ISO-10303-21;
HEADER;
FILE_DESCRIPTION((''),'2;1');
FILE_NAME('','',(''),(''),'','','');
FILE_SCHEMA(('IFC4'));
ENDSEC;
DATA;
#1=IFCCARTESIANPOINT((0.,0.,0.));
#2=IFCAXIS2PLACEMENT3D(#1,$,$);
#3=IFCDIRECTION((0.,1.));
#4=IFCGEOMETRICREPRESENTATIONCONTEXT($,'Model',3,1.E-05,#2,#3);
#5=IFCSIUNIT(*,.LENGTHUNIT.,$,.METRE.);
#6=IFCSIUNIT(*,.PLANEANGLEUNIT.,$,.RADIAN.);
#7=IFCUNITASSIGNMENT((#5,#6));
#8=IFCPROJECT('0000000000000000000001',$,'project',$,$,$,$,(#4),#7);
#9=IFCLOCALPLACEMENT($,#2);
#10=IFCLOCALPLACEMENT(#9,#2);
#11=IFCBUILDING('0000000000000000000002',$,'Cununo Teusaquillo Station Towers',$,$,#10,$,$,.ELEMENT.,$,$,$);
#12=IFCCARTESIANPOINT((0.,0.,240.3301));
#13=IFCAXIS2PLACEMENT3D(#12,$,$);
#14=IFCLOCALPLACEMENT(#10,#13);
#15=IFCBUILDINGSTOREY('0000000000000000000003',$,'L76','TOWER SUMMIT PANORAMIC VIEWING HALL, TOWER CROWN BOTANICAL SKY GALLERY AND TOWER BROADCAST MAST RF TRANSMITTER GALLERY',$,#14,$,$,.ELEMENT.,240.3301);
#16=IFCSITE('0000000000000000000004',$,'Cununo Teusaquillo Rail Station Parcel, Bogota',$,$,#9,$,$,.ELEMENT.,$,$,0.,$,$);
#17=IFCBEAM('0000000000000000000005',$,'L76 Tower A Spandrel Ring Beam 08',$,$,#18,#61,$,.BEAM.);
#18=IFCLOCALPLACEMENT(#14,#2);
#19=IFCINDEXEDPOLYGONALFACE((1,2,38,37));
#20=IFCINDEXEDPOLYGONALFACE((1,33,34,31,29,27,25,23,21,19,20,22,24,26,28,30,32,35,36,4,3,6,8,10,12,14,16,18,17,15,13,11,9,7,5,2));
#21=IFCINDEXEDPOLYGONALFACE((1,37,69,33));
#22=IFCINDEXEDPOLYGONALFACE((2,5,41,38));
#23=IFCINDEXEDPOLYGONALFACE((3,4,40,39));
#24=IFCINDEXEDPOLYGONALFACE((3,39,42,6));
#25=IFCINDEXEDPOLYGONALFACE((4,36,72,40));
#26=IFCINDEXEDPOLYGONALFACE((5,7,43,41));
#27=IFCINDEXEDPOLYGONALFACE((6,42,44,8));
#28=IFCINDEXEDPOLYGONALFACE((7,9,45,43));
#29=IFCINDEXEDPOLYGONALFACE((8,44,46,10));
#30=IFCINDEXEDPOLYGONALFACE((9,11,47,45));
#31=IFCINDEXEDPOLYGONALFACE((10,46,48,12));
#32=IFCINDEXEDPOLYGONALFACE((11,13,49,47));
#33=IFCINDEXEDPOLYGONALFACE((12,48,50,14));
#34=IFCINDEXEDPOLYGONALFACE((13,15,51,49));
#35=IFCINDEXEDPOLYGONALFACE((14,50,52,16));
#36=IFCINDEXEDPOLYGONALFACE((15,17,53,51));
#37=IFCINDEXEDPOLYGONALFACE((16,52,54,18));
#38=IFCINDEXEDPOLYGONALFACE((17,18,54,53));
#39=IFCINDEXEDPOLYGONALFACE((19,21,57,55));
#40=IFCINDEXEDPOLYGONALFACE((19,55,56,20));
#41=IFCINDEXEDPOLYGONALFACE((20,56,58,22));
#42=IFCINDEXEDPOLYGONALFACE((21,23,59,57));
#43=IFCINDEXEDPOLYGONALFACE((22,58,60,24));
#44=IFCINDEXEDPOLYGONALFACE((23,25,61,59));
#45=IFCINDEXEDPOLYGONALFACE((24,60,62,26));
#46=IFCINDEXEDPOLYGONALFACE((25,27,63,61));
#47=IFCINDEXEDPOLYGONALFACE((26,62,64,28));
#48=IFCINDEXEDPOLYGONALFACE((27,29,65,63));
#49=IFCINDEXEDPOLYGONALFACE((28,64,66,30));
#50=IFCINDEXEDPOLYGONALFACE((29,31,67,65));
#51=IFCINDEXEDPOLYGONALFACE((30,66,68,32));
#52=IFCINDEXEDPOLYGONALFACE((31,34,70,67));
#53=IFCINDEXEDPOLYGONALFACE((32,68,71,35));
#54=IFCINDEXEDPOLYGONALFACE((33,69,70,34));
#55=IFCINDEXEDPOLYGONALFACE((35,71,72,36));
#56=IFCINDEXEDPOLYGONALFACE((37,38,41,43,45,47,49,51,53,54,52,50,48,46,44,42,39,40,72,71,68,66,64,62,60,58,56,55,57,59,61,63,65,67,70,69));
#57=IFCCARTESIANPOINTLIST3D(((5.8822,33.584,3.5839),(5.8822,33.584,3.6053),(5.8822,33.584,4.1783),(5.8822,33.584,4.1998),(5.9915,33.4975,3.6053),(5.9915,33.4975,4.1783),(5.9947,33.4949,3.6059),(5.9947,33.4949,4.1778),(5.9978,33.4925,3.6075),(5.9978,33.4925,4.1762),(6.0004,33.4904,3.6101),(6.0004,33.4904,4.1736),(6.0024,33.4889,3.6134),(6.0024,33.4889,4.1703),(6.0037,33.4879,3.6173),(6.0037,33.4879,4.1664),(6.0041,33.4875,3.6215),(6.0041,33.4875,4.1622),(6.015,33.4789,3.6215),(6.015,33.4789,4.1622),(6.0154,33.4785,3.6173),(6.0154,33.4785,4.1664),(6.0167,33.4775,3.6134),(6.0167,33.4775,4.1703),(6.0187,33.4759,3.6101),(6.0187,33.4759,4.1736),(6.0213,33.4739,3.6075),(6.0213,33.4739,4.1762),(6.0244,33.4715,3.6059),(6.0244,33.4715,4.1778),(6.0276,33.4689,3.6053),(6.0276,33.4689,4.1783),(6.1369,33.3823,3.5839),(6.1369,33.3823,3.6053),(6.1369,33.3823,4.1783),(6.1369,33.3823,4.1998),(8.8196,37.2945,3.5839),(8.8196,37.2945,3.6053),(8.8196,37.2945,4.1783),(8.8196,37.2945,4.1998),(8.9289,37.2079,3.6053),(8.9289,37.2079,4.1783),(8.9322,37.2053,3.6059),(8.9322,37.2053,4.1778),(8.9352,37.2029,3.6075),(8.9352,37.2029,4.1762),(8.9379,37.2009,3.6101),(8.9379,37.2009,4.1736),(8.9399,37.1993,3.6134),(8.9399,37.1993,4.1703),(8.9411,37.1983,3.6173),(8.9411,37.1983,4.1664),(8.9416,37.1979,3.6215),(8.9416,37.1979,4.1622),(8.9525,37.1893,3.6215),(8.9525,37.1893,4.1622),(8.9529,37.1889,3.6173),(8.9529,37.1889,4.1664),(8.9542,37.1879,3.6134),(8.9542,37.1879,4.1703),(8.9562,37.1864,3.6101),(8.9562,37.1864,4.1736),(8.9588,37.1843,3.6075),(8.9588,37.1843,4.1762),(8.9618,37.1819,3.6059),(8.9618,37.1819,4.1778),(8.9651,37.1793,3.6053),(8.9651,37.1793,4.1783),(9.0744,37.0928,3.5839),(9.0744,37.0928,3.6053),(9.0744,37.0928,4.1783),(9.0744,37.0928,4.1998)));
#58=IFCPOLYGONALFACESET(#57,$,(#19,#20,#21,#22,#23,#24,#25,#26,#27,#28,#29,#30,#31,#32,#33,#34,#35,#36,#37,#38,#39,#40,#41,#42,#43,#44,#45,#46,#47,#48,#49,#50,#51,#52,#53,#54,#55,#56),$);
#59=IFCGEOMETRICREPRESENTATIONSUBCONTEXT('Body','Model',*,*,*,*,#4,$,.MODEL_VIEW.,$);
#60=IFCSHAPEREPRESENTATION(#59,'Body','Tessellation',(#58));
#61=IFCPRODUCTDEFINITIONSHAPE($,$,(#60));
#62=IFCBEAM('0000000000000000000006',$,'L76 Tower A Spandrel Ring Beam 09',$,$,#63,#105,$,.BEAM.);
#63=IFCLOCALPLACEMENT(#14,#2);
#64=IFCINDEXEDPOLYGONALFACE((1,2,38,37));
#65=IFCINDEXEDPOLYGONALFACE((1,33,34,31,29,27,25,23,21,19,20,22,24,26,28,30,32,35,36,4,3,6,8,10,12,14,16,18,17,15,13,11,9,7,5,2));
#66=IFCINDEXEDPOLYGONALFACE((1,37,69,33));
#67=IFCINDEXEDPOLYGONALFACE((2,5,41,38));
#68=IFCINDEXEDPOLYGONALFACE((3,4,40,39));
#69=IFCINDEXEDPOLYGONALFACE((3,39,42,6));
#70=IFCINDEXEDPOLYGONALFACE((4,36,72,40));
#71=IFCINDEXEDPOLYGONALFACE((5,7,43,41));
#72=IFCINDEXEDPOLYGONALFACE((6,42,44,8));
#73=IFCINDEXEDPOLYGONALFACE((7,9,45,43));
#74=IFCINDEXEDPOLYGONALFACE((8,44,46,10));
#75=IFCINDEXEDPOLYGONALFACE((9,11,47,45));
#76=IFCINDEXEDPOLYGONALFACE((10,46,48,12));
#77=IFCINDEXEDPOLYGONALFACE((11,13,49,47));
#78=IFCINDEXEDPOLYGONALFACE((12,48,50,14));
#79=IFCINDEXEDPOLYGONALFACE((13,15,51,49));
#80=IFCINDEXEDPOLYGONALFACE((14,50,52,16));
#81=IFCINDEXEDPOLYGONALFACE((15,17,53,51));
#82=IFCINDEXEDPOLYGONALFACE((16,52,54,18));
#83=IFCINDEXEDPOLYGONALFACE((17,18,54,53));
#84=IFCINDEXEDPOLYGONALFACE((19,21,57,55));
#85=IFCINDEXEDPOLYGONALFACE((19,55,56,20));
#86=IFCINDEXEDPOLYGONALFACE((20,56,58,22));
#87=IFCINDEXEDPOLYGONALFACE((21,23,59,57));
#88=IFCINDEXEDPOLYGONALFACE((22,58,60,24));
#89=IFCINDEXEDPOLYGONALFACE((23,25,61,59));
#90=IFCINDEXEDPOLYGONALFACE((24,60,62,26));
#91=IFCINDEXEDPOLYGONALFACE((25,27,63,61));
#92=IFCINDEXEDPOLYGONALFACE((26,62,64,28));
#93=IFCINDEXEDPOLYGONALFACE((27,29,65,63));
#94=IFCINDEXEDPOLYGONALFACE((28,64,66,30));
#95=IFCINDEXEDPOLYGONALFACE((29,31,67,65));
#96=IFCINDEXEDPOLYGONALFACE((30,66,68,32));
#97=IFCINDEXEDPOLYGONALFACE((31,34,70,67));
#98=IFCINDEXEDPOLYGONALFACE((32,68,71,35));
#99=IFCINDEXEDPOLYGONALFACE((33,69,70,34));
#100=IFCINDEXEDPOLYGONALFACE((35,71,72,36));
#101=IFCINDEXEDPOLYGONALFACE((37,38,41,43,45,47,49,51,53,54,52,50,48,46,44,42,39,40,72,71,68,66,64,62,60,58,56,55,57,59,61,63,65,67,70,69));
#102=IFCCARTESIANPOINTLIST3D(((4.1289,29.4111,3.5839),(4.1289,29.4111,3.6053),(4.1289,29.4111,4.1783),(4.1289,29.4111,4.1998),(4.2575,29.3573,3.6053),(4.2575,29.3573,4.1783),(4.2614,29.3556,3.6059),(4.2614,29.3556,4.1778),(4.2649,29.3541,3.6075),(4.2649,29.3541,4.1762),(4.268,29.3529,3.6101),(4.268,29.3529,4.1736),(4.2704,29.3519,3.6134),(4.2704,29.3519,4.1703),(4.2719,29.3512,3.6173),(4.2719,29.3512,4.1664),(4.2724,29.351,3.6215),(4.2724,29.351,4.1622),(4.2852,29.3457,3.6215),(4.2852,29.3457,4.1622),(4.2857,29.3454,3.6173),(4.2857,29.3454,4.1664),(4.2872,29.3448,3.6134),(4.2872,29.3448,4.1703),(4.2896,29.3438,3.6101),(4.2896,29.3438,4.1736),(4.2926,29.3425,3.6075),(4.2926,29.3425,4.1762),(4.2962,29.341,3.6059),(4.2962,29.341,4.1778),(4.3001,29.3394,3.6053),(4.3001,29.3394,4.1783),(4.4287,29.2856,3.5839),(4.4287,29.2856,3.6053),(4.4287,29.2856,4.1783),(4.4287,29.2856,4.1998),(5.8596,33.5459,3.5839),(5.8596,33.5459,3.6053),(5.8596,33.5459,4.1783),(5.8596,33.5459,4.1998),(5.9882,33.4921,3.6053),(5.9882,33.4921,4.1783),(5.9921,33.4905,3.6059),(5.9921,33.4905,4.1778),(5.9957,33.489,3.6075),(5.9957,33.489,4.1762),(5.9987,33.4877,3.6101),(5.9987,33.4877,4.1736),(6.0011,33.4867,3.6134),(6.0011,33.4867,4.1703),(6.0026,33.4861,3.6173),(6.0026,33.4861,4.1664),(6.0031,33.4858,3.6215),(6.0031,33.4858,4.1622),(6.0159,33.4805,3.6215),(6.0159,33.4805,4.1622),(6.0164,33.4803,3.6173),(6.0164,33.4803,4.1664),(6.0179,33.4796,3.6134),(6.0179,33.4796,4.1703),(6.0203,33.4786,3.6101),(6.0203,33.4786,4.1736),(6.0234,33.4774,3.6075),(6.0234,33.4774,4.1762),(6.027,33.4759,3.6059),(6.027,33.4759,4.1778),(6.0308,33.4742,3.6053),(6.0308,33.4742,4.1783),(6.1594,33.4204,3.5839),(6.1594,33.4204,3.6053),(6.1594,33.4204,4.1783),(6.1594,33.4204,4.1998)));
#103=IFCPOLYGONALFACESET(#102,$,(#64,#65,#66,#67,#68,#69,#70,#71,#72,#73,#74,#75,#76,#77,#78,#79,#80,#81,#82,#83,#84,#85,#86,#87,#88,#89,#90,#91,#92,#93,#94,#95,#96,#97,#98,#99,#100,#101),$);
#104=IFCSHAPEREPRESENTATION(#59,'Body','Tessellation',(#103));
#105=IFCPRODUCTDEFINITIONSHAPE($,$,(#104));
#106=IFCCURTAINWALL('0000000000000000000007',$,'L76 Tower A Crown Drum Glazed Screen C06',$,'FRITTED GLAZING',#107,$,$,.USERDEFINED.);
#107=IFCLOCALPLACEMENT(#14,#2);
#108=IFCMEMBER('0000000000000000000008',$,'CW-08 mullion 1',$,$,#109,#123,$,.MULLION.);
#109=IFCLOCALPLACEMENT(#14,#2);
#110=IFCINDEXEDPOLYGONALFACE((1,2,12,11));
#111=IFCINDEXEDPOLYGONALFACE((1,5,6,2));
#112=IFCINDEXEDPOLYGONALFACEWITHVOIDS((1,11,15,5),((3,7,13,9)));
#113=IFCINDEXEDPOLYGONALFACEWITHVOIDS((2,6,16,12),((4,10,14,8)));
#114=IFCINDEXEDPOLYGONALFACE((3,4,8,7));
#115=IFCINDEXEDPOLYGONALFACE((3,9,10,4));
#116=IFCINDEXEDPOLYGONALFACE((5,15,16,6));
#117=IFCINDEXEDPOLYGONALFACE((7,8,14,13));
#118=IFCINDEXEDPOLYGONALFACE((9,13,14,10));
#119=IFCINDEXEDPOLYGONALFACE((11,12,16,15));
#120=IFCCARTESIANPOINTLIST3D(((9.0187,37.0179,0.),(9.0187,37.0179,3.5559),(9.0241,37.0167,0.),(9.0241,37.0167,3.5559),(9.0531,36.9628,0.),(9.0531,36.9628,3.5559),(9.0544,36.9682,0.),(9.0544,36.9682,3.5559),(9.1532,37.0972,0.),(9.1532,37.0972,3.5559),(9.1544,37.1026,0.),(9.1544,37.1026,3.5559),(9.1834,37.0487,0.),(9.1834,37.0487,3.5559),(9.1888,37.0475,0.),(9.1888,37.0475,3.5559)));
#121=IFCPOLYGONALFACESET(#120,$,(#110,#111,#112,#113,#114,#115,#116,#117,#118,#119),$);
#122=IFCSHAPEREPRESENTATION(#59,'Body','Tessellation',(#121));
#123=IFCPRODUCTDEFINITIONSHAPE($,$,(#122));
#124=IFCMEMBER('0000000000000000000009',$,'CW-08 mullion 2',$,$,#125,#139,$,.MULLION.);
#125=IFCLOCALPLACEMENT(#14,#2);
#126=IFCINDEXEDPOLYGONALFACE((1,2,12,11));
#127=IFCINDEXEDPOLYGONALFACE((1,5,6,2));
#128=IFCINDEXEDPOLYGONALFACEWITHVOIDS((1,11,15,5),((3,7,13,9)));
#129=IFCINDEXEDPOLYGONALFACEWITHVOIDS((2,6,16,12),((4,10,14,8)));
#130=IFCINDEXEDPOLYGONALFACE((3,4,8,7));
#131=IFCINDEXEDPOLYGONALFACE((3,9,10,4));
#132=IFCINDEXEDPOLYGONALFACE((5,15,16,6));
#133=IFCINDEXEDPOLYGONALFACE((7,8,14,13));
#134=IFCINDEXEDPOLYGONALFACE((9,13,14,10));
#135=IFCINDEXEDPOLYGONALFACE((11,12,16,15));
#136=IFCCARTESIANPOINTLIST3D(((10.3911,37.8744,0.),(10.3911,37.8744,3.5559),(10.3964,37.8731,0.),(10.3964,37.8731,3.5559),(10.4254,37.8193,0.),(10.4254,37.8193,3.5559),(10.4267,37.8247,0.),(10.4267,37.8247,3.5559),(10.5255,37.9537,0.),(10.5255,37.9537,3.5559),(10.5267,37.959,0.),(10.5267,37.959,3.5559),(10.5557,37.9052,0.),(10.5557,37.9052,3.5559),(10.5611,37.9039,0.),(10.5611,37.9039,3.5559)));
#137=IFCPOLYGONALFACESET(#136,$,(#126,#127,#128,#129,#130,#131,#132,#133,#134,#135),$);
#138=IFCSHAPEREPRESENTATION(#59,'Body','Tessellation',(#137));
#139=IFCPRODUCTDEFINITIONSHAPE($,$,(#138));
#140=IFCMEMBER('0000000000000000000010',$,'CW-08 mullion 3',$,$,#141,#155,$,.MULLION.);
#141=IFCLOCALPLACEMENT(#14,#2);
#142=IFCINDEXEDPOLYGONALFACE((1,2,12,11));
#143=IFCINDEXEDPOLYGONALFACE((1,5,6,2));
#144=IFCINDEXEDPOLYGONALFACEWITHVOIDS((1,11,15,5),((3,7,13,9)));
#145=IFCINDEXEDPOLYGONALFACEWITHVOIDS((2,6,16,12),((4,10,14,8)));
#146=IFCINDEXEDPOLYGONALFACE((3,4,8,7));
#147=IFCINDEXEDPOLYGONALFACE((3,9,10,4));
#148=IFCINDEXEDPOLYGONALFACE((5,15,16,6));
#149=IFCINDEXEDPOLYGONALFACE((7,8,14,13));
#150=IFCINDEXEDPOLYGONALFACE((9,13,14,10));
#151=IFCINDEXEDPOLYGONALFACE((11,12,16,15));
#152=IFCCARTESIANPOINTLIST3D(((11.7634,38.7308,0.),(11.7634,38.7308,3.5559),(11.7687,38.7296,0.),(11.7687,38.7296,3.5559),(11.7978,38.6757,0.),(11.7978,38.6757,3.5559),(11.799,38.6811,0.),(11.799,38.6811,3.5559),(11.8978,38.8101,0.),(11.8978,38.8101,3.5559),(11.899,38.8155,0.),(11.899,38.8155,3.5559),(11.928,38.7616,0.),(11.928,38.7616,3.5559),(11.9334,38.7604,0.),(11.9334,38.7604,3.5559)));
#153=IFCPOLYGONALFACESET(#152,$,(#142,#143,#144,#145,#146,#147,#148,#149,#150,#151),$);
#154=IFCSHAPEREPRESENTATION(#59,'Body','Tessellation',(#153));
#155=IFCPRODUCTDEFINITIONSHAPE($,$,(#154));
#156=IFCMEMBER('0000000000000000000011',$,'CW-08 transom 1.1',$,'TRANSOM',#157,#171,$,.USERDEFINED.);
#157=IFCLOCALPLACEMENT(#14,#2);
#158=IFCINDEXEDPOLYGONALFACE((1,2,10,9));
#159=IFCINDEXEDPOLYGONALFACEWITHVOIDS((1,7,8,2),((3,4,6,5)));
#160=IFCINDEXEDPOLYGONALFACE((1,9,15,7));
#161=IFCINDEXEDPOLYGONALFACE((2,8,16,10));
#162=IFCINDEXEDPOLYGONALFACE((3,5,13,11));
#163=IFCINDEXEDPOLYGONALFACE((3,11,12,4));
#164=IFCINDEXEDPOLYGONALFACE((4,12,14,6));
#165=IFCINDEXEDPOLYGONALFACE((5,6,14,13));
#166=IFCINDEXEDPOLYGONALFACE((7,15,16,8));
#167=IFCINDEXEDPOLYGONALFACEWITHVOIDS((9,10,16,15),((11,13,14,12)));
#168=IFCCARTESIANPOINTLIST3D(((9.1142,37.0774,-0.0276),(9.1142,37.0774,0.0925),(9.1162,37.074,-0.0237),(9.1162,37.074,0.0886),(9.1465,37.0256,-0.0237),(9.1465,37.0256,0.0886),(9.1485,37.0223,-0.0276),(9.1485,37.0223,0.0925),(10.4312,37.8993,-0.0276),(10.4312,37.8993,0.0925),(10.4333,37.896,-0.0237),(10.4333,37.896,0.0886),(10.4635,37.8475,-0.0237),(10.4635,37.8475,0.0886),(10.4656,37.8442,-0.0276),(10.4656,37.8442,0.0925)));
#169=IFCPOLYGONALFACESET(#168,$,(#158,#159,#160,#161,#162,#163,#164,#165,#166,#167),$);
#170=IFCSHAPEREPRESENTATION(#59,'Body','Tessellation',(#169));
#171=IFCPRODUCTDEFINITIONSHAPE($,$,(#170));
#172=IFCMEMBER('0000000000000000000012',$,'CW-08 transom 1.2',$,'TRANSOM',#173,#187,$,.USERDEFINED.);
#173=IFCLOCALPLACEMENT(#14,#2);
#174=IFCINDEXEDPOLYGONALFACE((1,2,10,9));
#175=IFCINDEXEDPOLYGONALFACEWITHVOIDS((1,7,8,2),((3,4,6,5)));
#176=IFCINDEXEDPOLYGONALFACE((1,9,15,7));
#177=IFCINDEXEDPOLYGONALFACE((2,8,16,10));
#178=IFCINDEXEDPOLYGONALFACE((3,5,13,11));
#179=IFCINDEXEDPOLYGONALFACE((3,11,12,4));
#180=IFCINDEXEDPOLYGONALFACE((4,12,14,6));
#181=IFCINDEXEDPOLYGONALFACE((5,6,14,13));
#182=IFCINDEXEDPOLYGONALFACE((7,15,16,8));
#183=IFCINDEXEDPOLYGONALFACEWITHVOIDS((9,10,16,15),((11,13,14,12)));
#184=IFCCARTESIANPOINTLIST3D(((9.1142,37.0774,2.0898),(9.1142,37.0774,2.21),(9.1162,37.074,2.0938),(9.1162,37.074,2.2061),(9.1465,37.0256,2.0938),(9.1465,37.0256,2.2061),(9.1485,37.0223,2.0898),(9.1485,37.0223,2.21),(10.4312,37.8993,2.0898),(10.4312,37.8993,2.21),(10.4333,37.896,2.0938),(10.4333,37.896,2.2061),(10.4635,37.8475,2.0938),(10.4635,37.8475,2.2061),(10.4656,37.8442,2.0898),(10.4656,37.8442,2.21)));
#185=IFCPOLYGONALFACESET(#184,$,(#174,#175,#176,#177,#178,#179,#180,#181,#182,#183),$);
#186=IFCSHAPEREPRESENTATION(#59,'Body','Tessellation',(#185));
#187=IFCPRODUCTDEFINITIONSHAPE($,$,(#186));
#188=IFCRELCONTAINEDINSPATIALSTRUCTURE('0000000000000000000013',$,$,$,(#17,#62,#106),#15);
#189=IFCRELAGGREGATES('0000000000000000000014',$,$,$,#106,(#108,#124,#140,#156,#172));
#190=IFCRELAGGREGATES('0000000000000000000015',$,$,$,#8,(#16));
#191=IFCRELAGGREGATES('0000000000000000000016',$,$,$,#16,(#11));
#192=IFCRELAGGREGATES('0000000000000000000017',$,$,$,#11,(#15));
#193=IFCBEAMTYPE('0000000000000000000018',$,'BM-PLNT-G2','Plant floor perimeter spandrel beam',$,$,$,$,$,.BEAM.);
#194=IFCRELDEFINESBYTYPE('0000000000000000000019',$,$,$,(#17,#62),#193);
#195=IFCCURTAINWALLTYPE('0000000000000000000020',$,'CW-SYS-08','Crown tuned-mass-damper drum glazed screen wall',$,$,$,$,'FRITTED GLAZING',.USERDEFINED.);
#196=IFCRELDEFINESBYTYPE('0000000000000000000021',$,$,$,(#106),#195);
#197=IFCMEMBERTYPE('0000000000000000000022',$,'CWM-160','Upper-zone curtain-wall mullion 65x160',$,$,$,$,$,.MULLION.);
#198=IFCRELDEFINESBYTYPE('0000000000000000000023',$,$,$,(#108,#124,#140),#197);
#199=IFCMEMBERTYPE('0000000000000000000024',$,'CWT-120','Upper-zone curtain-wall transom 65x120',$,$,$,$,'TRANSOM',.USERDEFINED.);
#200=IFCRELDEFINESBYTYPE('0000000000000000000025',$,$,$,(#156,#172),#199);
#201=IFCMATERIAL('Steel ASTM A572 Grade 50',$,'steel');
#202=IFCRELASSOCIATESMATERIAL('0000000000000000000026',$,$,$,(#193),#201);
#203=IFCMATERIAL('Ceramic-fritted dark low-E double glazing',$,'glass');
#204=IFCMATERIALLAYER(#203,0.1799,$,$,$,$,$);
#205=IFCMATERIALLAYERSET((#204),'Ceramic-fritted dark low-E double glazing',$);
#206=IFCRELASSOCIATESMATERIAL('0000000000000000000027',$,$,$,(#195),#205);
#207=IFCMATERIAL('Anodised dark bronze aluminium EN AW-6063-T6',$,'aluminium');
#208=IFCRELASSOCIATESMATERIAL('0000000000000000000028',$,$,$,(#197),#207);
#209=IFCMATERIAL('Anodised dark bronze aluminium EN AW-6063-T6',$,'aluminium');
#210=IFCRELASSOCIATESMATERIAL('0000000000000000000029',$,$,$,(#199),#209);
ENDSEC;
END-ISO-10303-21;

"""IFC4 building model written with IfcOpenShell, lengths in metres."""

from ifc_helpers import new_model, si_unit, direction, frame, origin, origin_2d, place, context, subcontext, project, spatial, hollow_rectangle, i_section, extrude, material, layer, layer_set, material_profile, profile_set, type_object, element, aggregate, save


model = new_model("IFC4")

# Units and contexts
model_context = context("Model", 3, precision=1e-05, world=origin(), true_north=direction((0.0, 1.0)))
body_context = subcontext(model_context, "Body", "Model", "MODEL_VIEW")
ifc_project = project(units=[si_unit("LENGTHUNIT", "METRE"), si_unit("PLANEANGLEUNIT", "RADIAN")], contexts=[model_context])

# Site, building, storey
site_placement = place(None, origin())
site = spatial("IfcSite", under=ifc_project, at=site_placement, Name="Cununo Teusaquillo Rail Station Parcel, Bogota", CompositionType="ELEMENT", RefElevation=0.0)
building_placement = place(site_placement, origin())
building = spatial("IfcBuilding", under=site, at=building_placement, Name="Cununo Teusaquillo Station Towers", CompositionType="ELEMENT")
storey_placement = place(building_placement, frame((0.0, 0.0, 240.3301)))
storey = spatial("IfcBuildingStorey", under=building, at=storey_placement, Name="L76", Description="TOWER SUMMIT PANORAMIC VIEWING HALL, TOWER CROWN BOTANICAL SKY GALLERY AND TOWER BROADCAST MAST RF TRANSMITTER GALLERY", CompositionType="ELEMENT", Elevation=240.3301)

# Beams
ifc_material_1 = material(Name="Steel ASTM A572 Grade 50", Category="steel")
ifc_material_profile_1 = material_profile(ifc_material_1, i_section(OverallWidth=0.325, OverallDepth=0.616, WebThickness=0.0139, FlangeThickness=0.0215, FilletRadius=0.0161, at=origin_2d()), Name="W24X117")
ifc_profile_set_1 = profile_set([ifc_material_profile_1], Name="Steel ASTM A572 Grade 50")
beam_type_1 = type_object("IfcBeamType", Name="BM-PLNT-G2", Description="Plant floor perimeter spandrel beam", PredefinedType="BEAM", material=ifc_profile_set_1)
beam_1_placement = place(storey_placement, frame((8.947, 37.1936, 3.8918), z_axis=(-0.620711, -0.78404, 0.0), x_axis=(0.78404, -0.620711, 0.0)))
element("IfcBeam", 1, at=beam_1_placement, inside=storey, type_object=beam_type_1, Name="L76 Tower A Spandrel Ring Beam 08", PredefinedType="BEAM", context=body_context, shape_type="SweptSolid", body=[
    extrude(i_section(OverallWidth=0.325, OverallDepth=0.616, WebThickness=0.0139, FlangeThickness=0.0215, FilletRadius=0.0161, at=origin_2d()), origin(), (0.0, 0.0, 1.0), 4.7324),
])
beam_2_placement = place(storey_placement, frame((6.0095, 33.4832, 3.8918), z_axis=(-0.386115, -0.92245, 0.0), x_axis=(0.92245, -0.386115, 0.0)))
element("IfcBeam", 2, at=beam_2_placement, inside=storey, type_object=beam_type_1, Name="L76 Tower A Spandrel Ring Beam 09", PredefinedType="BEAM", context=body_context, shape_type="SweptSolid", body=[
    extrude(i_section(OverallWidth=0.325, OverallDepth=0.616, WebThickness=0.0139, FlangeThickness=0.0215, FilletRadius=0.0161, at=origin_2d()), origin(), (0.0, 0.0, 1.0), 4.4824),
])

# Curtain wall, members
ifc_material_2 = material(Name="Ceramic-fritted dark low-E double glazing", Category="glass")
ifc_layer_1 = layer(ifc_material_2, 0.1799)
ifc_layer_set_1 = layer_set([ifc_layer_1], Name="Ceramic-fritted dark low-E double glazing")
curtain_wall_type = type_object("IfcCurtainWallType", Name="CW-SYS-08", Description="Crown tuned-mass-damper drum glazed screen wall", ElementType="FRITTED GLAZING", PredefinedType="USERDEFINED", material=ifc_layer_set_1)
curtain_wall_placement = place(storey_placement, origin())
curtain_wall = element("IfcCurtainWall", 3, at=curtain_wall_placement, inside=storey, type_object=curtain_wall_type, Name="L76 Tower A Crown Drum Glazed Screen C06", ObjectType="FRITTED GLAZING", PredefinedType="USERDEFINED")
ifc_material_3 = material(Name="Anodised dark bronze aluminium EN AW-6063-T6", Category="aluminium")
ifc_material_profile_2 = material_profile(ifc_material_3, hollow_rectangle(XDim=0.0649, YDim=0.1599, WallThickness=0.0039, at=origin_2d()), Name="CW-MULL-65x160")
ifc_profile_set_2 = profile_set([ifc_material_profile_2], Name="Anodised dark bronze aluminium EN AW-6063-T6")
member_type_1 = type_object("IfcMemberType", Name="CWM-160", Description="Upper-zone curtain-wall mullion 65x160", PredefinedType="MULLION", material=ifc_profile_set_2)
member_1_placement = place(storey_placement, frame((9.1038, 37.0327, 0.0), z_axis=(0.0, 0.0, 1.0), x_axis=(-0.529451, 0.84834, 0.0)))
member_1 = element("IfcMember", 4, at=member_1_placement, type_object=member_type_1, Name="CW-08 mullion 1", PredefinedType="MULLION", context=body_context, shape_type="SweptSolid", body=[
    extrude(hollow_rectangle(XDim=0.0649, YDim=0.1599, WallThickness=0.0039, at=origin_2d()), origin(), (0.0, 0.0, 1.0), 3.5559),
])
member_2_placement = place(storey_placement, frame((10.4761, 37.8892, 0.0), z_axis=(0.0, 0.0, 1.0), x_axis=(-0.529451, 0.84834, 0.0)))
member_2 = element("IfcMember", 5, at=member_2_placement, type_object=member_type_1, Name="CW-08 mullion 2", PredefinedType="MULLION", context=body_context, shape_type="SweptSolid", body=[
    extrude(hollow_rectangle(XDim=0.0649, YDim=0.1599, WallThickness=0.0039, at=origin_2d()), origin(), (0.0, 0.0, 1.0), 3.5559),
])
member_3_placement = place(storey_placement, frame((11.8484, 38.7456, 0.0), z_axis=(0.0, 0.0, 1.0), x_axis=(-0.529451, 0.84834, 0.0)))
member_3 = element("IfcMember", 6, at=member_3_placement, type_object=member_type_1, Name="CW-08 mullion 3", PredefinedType="MULLION", context=body_context, shape_type="SweptSolid", body=[
    extrude(hollow_rectangle(XDim=0.0649, YDim=0.1599, WallThickness=0.0039, at=origin_2d()), origin(), (0.0, 0.0, 1.0), 3.5559),
])
ifc_material_4 = material(Name="Anodised dark bronze aluminium EN AW-6063-T6", Category="aluminium")
ifc_material_profile_3 = material_profile(ifc_material_4, hollow_rectangle(XDim=0.0649, YDim=0.1201, WallThickness=0.0039, at=origin_2d()), Name="CW-TRAN-65x120")
ifc_profile_set_3 = profile_set([ifc_material_profile_3], Name="Anodised dark bronze aluminium EN AW-6063-T6")
member_type_2 = type_object("IfcMemberType", Name="CWT-120", Description="Upper-zone curtain-wall transom 65x120", ElementType="TRANSOM", PredefinedType="USERDEFINED", material=ifc_profile_set_3)
member_4_placement = place(storey_placement, frame((9.1313, 37.0498, 0.0325), z_axis=(0.848343, 0.529448, 0.0), x_axis=(-0.529448, 0.848343, 0.0)))
member_4 = element("IfcMember", 7, at=member_4_placement, type_object=member_type_2, Name="CW-08 transom 1.1", ObjectType="TRANSOM", PredefinedType="USERDEFINED", context=body_context, shape_type="SweptSolid", body=[
    extrude(hollow_rectangle(XDim=0.0649, YDim=0.1201, WallThickness=0.0039, at=origin_2d()), origin(), (0.0, 0.0, 1.0), 1.5525),
])
member_5_placement = place(storey_placement, frame((9.1313, 37.0498, 2.1499), z_axis=(0.848343, 0.529448, 0.0), x_axis=(-0.529448, 0.848343, 0.0)))
member_5 = element("IfcMember", 8, at=member_5_placement, type_object=member_type_2, Name="CW-08 transom 1.2", ObjectType="TRANSOM", PredefinedType="USERDEFINED", context=body_context, shape_type="SweptSolid", body=[
    extrude(hollow_rectangle(XDim=0.0649, YDim=0.1201, WallThickness=0.0039, at=origin_2d()), origin(), (0.0, 0.0, 1.0), 1.5525),
])

aggregate(curtain_wall, [member_1, member_2, member_3, member_4, member_5])

save(model, "model.ifc")
